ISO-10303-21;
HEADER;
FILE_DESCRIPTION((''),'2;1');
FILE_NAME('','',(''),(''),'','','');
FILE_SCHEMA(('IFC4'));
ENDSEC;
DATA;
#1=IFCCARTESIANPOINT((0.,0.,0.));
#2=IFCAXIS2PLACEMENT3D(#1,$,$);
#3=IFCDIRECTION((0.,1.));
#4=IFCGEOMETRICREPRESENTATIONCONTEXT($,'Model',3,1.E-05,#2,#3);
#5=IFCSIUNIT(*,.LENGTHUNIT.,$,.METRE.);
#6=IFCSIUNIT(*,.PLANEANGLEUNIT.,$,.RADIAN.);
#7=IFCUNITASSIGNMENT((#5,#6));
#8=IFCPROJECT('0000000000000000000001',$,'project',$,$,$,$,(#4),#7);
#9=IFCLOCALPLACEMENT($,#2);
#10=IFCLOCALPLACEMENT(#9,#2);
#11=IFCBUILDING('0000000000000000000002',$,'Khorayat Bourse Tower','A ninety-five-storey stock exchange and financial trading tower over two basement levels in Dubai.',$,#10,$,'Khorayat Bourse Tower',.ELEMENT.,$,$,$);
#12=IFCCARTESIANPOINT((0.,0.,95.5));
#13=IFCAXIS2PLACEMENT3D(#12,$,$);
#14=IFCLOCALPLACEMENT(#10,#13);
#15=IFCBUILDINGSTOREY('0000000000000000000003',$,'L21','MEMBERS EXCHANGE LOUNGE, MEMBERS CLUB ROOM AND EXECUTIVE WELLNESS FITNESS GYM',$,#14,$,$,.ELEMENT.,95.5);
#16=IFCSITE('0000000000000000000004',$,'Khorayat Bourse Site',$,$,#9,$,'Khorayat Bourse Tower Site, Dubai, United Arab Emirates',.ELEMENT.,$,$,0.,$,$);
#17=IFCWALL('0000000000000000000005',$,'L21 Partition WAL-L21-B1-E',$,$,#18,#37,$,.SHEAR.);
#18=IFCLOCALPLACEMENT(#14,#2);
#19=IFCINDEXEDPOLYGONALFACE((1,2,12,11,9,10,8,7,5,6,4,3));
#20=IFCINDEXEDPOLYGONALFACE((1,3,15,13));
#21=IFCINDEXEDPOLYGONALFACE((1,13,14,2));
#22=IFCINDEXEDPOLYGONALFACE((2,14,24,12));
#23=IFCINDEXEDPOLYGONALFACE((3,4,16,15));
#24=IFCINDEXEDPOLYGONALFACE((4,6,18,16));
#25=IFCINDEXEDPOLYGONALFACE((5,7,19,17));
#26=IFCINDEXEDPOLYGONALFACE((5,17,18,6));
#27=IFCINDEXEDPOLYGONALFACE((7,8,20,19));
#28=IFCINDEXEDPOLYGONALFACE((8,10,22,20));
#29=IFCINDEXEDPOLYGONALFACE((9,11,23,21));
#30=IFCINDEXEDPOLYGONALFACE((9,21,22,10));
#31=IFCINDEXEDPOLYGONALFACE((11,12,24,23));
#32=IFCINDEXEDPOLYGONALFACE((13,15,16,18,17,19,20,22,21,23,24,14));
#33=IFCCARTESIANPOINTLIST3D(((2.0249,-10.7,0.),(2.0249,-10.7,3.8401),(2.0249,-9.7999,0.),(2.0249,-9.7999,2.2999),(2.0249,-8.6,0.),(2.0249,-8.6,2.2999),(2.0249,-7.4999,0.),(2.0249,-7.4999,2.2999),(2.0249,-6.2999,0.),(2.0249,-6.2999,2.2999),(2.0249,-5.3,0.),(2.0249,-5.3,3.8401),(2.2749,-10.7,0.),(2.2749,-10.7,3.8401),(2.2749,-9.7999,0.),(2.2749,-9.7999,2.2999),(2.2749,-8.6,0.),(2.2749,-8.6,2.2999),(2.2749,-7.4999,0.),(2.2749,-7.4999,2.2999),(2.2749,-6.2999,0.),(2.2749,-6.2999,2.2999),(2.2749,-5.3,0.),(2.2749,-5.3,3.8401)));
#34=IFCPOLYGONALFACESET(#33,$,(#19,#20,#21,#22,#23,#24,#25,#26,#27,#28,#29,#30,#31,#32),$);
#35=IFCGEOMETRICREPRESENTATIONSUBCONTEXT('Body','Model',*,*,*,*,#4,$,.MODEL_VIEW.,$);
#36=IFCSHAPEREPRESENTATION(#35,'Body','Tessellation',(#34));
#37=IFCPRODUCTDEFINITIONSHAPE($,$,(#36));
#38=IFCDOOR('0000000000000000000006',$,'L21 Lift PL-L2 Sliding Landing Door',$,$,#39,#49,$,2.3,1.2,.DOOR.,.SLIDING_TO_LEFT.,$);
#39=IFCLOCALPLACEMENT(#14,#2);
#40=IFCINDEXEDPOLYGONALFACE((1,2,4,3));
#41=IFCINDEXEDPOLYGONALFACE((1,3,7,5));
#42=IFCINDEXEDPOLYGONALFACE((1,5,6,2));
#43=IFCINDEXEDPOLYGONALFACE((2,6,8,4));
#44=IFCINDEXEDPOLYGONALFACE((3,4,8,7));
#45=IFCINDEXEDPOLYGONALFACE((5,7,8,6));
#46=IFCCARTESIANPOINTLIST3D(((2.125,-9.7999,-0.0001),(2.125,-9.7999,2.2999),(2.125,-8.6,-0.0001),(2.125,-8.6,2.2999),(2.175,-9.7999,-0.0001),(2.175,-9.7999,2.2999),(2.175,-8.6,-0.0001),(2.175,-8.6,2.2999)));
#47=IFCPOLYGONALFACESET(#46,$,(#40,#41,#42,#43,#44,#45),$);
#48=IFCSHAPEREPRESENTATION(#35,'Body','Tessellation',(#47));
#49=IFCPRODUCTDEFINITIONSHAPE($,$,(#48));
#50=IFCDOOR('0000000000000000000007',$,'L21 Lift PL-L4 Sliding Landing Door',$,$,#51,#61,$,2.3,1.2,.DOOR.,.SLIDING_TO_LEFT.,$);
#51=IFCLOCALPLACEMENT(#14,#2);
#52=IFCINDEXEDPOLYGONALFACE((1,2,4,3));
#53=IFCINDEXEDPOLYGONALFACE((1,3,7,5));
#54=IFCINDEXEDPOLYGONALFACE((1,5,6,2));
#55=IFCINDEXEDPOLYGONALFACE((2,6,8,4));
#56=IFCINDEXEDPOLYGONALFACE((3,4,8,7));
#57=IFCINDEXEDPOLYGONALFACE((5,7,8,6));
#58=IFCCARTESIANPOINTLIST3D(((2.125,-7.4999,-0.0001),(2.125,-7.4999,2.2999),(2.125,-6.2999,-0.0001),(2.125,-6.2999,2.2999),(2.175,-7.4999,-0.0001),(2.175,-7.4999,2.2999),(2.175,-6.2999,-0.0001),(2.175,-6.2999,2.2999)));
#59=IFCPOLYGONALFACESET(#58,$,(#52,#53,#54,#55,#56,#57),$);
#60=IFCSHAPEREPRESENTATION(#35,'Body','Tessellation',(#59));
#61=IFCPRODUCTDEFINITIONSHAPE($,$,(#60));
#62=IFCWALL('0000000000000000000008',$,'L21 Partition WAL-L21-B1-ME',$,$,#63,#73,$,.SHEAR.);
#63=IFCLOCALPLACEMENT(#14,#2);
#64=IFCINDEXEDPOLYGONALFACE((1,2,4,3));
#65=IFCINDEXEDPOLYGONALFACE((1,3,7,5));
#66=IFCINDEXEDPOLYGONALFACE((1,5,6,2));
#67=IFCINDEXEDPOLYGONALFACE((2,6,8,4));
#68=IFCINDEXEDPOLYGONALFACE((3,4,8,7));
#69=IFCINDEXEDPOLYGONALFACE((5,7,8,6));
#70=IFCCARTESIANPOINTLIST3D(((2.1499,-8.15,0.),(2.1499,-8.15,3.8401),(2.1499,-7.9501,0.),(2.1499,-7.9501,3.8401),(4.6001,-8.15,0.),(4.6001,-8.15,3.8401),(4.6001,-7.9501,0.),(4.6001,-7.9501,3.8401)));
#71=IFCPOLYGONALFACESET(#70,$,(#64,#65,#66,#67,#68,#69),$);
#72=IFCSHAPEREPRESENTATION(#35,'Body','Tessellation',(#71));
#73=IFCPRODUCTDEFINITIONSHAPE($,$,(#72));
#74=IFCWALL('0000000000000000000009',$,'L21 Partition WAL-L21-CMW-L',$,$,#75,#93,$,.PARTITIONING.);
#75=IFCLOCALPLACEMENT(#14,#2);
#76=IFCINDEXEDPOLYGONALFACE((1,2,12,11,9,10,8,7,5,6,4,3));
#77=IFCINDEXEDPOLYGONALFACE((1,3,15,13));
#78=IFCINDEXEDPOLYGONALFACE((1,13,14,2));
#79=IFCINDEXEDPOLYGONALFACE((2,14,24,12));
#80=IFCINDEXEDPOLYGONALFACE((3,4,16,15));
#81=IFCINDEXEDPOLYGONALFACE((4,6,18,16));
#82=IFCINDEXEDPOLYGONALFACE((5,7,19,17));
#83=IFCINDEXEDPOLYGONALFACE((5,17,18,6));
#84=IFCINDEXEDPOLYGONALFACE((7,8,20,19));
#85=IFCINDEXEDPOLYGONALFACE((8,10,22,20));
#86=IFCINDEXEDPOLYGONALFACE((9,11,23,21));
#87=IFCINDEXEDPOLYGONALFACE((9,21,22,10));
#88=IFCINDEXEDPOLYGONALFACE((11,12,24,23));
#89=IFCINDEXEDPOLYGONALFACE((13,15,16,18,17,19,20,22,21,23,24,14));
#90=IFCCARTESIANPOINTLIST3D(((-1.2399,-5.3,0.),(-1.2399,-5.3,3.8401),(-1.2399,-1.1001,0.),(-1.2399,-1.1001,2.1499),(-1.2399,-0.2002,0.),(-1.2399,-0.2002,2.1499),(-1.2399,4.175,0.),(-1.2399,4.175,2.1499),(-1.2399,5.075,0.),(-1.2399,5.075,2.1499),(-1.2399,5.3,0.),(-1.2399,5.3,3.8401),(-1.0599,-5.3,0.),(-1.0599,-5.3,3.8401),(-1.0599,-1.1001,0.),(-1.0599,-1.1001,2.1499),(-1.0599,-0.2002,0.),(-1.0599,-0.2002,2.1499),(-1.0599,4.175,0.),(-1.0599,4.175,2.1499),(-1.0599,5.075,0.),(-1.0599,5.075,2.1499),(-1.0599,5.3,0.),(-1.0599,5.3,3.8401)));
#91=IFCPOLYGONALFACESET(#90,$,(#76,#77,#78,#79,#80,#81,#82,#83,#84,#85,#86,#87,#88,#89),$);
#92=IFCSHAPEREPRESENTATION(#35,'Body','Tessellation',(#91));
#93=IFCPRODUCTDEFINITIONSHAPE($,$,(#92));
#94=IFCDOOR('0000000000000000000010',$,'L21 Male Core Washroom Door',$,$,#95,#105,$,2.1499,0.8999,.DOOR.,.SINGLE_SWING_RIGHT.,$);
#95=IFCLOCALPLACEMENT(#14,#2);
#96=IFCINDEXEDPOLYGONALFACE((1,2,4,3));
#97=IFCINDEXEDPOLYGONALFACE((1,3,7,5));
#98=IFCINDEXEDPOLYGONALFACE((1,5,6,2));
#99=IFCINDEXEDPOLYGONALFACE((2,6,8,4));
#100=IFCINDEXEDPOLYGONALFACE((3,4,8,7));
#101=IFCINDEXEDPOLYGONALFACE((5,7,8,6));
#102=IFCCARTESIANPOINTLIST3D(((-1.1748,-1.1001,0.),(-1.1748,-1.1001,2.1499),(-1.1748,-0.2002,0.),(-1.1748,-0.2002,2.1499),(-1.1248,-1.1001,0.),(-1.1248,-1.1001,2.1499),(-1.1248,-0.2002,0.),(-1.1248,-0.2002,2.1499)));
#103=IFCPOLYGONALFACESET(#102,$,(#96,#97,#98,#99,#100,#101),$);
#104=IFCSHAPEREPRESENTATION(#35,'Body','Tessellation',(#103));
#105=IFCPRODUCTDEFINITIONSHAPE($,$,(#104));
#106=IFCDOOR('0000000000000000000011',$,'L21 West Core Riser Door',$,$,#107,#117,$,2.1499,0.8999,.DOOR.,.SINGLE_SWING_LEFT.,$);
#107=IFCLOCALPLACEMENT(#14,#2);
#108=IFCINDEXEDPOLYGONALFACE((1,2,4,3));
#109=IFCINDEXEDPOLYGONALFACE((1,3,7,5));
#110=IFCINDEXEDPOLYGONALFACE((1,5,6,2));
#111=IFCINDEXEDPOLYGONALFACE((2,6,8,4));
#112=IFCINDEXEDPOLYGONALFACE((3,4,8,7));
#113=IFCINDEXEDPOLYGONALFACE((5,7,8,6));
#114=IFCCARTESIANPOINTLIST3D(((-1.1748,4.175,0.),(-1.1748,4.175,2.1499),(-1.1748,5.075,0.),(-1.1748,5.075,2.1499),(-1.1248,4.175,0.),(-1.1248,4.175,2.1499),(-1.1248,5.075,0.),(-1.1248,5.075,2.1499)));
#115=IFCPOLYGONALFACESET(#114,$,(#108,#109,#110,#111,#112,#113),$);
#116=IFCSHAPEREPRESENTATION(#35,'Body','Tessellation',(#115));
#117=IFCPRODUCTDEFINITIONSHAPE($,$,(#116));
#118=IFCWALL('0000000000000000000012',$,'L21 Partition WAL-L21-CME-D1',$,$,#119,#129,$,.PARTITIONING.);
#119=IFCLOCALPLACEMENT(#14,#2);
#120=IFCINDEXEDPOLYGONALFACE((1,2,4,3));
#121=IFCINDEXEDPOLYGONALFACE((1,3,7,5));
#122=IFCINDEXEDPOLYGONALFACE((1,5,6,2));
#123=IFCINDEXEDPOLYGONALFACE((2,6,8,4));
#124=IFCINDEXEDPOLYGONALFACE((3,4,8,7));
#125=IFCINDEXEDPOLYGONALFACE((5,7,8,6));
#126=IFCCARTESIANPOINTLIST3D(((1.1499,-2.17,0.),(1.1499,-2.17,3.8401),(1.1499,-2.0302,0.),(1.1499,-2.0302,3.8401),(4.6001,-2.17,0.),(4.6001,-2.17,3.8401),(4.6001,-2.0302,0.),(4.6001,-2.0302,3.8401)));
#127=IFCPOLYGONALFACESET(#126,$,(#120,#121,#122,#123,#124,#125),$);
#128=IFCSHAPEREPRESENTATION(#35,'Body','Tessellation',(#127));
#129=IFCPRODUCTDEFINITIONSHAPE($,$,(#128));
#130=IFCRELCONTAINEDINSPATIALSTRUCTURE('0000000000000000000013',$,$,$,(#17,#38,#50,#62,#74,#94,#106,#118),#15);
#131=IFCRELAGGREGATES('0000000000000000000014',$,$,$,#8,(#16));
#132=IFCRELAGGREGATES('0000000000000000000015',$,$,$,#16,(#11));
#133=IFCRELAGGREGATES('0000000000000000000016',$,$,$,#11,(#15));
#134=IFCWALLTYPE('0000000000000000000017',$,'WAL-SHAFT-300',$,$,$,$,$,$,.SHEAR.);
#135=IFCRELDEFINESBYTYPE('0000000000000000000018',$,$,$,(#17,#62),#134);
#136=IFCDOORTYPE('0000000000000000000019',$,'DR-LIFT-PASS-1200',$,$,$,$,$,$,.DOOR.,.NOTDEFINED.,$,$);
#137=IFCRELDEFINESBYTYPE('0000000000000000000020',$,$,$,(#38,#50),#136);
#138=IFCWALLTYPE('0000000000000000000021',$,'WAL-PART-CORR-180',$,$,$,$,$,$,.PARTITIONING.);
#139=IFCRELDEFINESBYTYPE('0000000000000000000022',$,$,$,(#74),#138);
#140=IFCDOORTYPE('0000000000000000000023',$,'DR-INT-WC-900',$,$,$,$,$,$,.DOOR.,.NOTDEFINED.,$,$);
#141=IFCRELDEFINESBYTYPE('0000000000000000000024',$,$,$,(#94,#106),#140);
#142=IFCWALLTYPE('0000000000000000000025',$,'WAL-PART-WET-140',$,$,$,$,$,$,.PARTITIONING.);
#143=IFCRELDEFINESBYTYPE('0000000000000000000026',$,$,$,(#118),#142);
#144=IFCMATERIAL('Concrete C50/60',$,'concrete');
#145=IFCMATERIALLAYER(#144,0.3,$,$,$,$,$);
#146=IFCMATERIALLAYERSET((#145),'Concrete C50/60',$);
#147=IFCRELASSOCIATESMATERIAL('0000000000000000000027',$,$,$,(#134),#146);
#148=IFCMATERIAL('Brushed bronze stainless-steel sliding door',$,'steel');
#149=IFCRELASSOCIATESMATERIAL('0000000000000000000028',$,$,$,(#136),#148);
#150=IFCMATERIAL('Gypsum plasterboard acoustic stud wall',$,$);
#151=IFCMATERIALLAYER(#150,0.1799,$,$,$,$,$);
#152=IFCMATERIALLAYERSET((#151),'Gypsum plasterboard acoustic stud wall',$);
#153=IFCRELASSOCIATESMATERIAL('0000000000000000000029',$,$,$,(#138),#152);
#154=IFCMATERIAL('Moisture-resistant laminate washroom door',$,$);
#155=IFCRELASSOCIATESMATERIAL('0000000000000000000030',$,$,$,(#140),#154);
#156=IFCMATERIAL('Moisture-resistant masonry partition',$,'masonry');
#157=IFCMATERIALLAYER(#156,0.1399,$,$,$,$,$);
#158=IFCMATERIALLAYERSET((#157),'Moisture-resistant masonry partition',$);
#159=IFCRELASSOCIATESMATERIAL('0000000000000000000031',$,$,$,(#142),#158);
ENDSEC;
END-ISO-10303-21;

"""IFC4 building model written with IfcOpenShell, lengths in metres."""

from ifc_helpers import new_model, si_unit, direction, frame, frame_2d, origin, place, context, subcontext, project, spatial, rectangle, extrude, source, transform, mapped, material, layer, layer_set, type_object, element, fill, save


model = new_model("IFC4")

# Units and contexts
model_context = context("Model", 3, precision=1e-05, world=origin(), true_north=direction((0.0, 1.0)))
body_context = subcontext(model_context, "Body", "Model", "MODEL_VIEW")
ifc_project = project(units=[si_unit("LENGTHUNIT", "METRE"), si_unit("PLANEANGLEUNIT", "RADIAN")], contexts=[model_context])

# Site, building, storey
site_placement = place(None, origin())
site = spatial("IfcSite", under=ifc_project, at=site_placement, Name="Khorayat Bourse Site", LongName="Khorayat Bourse Tower Site, Dubai, United Arab Emirates", CompositionType="ELEMENT", RefElevation=0.0)
building_placement = place(site_placement, origin())
building = spatial("IfcBuilding", under=site, at=building_placement, Name="Khorayat Bourse Tower", Description="A ninety-five-storey stock exchange and financial trading tower over two basement levels in Dubai.", LongName="Khorayat Bourse Tower", CompositionType="ELEMENT")
storey_placement = place(building_placement, frame((0.0, 0.0, 95.5)))
storey = spatial("IfcBuildingStorey", under=building, at=storey_placement, Name="L21", Description="MEMBERS EXCHANGE LOUNGE, MEMBERS CLUB ROOM AND EXECUTIVE WELLNESS FITNESS GYM", CompositionType="ELEMENT", Elevation=95.5)

# Shared definitions
ifc_material_1 = material(Name="Concrete C50/60", Category="concrete")
ifc_layer_1 = layer(ifc_material_1, 0.3)
ifc_layer_set_1 = layer_set([ifc_layer_1], Name="Concrete C50/60")
wall_type_1 = type_object("IfcWallType", Name="WAL-SHAFT-300", PredefinedType="SHEAR", material=ifc_layer_set_1)

# Wall, openings, doors
shared_shape_1 = source(origin(), body_context, "Body", "SweptSolid", [
    extrude(rectangle(XDim=5.3999, YDim=0.25, at=frame_2d((2.7, 0.0))), origin(), (0.0, 0.0, 1.0), 3.8401),
])
shared_shape_2 = source(origin(), body_context, "Body", "SweptSolid", [
    extrude(rectangle(XDim=1.2, YDim=2.3, at=frame_2d((0.6001, 1.1499))), frame((0.0, 0.135, 0.0), z_axis=(0.0, -1.0, 0.0), x_axis=(1.0, 0.0, 0.0)), (0.0, 0.0, 1.0), 0.27),
])
ifc_material_2 = material(Name="Brushed bronze stainless-steel sliding door", Category="steel")
door_type_1 = type_object("IfcDoorType", Name="DR-LIFT-PASS-1200", OperationType="NOTDEFINED", PredefinedType="DOOR", material=ifc_material_2)
shared_shape_3 = source(origin(), body_context, "Body", "SweptSolid", [
    extrude(rectangle(XDim=1.2, YDim=2.3, at=frame_2d((0.6001, 1.1499))), frame((0.0, 0.0249, 0.0), z_axis=(0.0, -1.0, 0.0), x_axis=(1.0, 0.0, 0.0)), (0.0, 0.0, 1.0), 0.05),
])
wall_1_placement = place(storey_placement, frame((2.1499, -10.7, 0.0), z_axis=(0.0, 0.0, 1.0), x_axis=(0.0, 1.0, 0.0)))
wall_1 = element("IfcWall", 1, at=wall_1_placement, inside=storey, type_object=wall_type_1, Name="L21 Partition WAL-L21-B1-E", PredefinedType="SHEAR", context=body_context, shape_type="MappedRepresentation", body=[
    mapped(shared_shape_1, transform((0.0, 0.0, 0.0), scale=1.0)),
])
opening_1_placement = place(wall_1_placement, frame((0.8999, 0.0, 0.0)))
opening_1 = element("IfcOpeningElement", 2, at=opening_1_placement, cuts=wall_1, PredefinedType="OPENING", context=body_context, shape_type="MappedRepresentation", body=[
    mapped(shared_shape_2, transform((0.0, 0.0, 0.0), scale=1.0)),
])
opening_2_placement = place(wall_1_placement, frame((3.2, 0.0, 0.0)))
opening_2 = element("IfcOpeningElement", 3, at=opening_2_placement, cuts=wall_1, PredefinedType="OPENING", context=body_context, shape_type="MappedRepresentation", body=[
    mapped(shared_shape_2, transform((0.0, 0.0, 0.0), scale=1.0)),
])
door_1_placement = place(opening_1_placement, origin())
door_1 = element("IfcDoor", 4, at=door_1_placement, inside=storey, type_object=door_type_1, Name="L21 Lift PL-L2 Sliding Landing Door", OperationType="SLIDING_TO_LEFT", OverallHeight=2.3, OverallWidth=1.2, PredefinedType="DOOR", context=body_context, shape_type="MappedRepresentation", body=[
    mapped(shared_shape_3, transform((0.0, 0.0, 0.0), scale=1.0)),
])
fill(opening_1, door_1)
door_2_placement = place(opening_2_placement, origin())
door_2 = element("IfcDoor", 5, at=door_2_placement, inside=storey, type_object=door_type_1, Name="L21 Lift PL-L4 Sliding Landing Door", OperationType="SLIDING_TO_LEFT", OverallHeight=2.3, OverallWidth=1.2, PredefinedType="DOOR", context=body_context, shape_type="MappedRepresentation", body=[
    mapped(shared_shape_3, transform((0.0, 0.0, 0.0), scale=1.0)),
])
fill(opening_2, door_2)

# Wall
shared_shape_4 = source(origin(), body_context, "Body", "SweptSolid", [
    extrude(rectangle(XDim=2.4502, YDim=0.2, at=frame_2d((1.2251, 0.0))), origin(), (0.0, 0.0, 1.0), 3.8401),
])
wall_2_placement = place(storey_placement, frame((2.1499, -8.05, 0.0), z_axis=(0.0, 0.0, 1.0), x_axis=(1.0, 0.0, 0.0)))
element("IfcWall", 6, at=wall_2_placement, inside=storey, type_object=wall_type_1, Name="L21 Partition WAL-L21-B1-ME", PredefinedType="SHEAR", context=body_context, shape_type="MappedRepresentation", body=[
    mapped(shared_shape_4, transform((0.0, 0.0, 0.0), scale=1.0)),
])

# Wall, openings, doors
ifc_material_3 = material(Name="Gypsum plasterboard acoustic stud wall")
ifc_layer_2 = layer(ifc_material_3, 0.1799)
ifc_layer_set_2 = layer_set([ifc_layer_2], Name="Gypsum plasterboard acoustic stud wall")
wall_type_2 = type_object("IfcWallType", Name="WAL-PART-CORR-180", PredefinedType="PARTITIONING", material=ifc_layer_set_2)
shared_shape_5 = source(origin(), body_context, "Body", "SweptSolid", [
    extrude(rectangle(XDim=10.6001, YDim=0.1799, at=frame_2d((5.3, 0.0))), origin(), (0.0, 0.0, 1.0), 3.8401),
])
wall_3_placement = place(storey_placement, frame((-1.1499, -5.3, 0.0), z_axis=(0.0, 0.0, 1.0), x_axis=(0.0, 1.0, 0.0)))
wall_3 = element("IfcWall", 7, at=wall_3_placement, inside=storey, type_object=wall_type_2, Name="L21 Partition WAL-L21-CMW-L", PredefinedType="PARTITIONING", context=body_context, shape_type="MappedRepresentation", body=[
    mapped(shared_shape_5, transform((0.0, 0.0, 0.0), scale=1.0)),
])
shared_shape_6 = source(origin(), body_context, "Body", "SweptSolid", [
    extrude(rectangle(XDim=0.8999, YDim=2.1499, at=frame_2d((0.45, 1.075))), frame((0.0, 0.0999, 0.0), z_axis=(0.0, -1.0, 0.0), x_axis=(1.0, 0.0, 0.0)), (0.0, 0.0, 1.0), 0.2),
])
opening_3_placement = place(wall_3_placement, frame((4.2, 0.0, 0.0)))
opening_3 = element("IfcOpeningElement", 8, at=opening_3_placement, cuts=wall_3, PredefinedType="OPENING", context=body_context, shape_type="MappedRepresentation", body=[
    mapped(shared_shape_6, transform((0.0, 0.0, 0.0), scale=1.0)),
])
opening_4_placement = place(wall_3_placement, frame((9.4751, 0.0, 0.0)))
opening_4 = element("IfcOpeningElement", 9, at=opening_4_placement, cuts=wall_3, PredefinedType="OPENING", context=body_context, shape_type="MappedRepresentation", body=[
    mapped(shared_shape_6, transform((0.0, 0.0, 0.0), scale=1.0)),
])
ifc_material_4 = material(Name="Moisture-resistant laminate washroom door")
door_type_2 = type_object("IfcDoorType", Name="DR-INT-WC-900", OperationType="NOTDEFINED", PredefinedType="DOOR", material=ifc_material_4)
shared_shape_7 = source(origin(), body_context, "Body", "SweptSolid", [
    extrude(rectangle(XDim=0.8999, YDim=2.1499, at=frame_2d((0.45, 1.075))), frame((0.0, 0.0249, 0.0), z_axis=(0.0, -1.0, 0.0), x_axis=(1.0, 0.0, 0.0)), (0.0, 0.0, 1.0), 0.05),
])
door_3_placement = place(opening_3_placement, origin())
door_3 = element("IfcDoor", 10, at=door_3_placement, inside=storey, type_object=door_type_2, Name="L21 Male Core Washroom Door", OperationType="SINGLE_SWING_RIGHT", OverallHeight=2.1499, OverallWidth=0.8999, PredefinedType="DOOR", context=body_context, shape_type="MappedRepresentation", body=[
    mapped(shared_shape_7, transform((0.0, 0.0, 0.0), scale=1.0)),
])
fill(opening_3, door_3)
door_4_placement = place(opening_4_placement, origin())
door_4 = element("IfcDoor", 11, at=door_4_placement, inside=storey, type_object=door_type_2, Name="L21 West Core Riser Door", OperationType="SINGLE_SWING_LEFT", OverallHeight=2.1499, OverallWidth=0.8999, PredefinedType="DOOR", context=body_context, shape_type="MappedRepresentation", body=[
    mapped(shared_shape_7, transform((0.0, 0.0, 0.0), scale=1.0)),
])
fill(opening_4, door_4)

# Wall
ifc_material_5 = material(Name="Moisture-resistant masonry partition", Category="masonry")
ifc_layer_3 = layer(ifc_material_5, 0.1399)
ifc_layer_set_3 = layer_set([ifc_layer_3], Name="Moisture-resistant masonry partition")
wall_type_3 = type_object("IfcWallType", Name="WAL-PART-WET-140", PredefinedType="PARTITIONING", material=ifc_layer_set_3)
shared_shape_8 = source(origin(), body_context, "Body", "SweptSolid", [
    extrude(rectangle(XDim=3.4502, YDim=0.1399, at=frame_2d((1.7251, 0.0))), origin(), (0.0, 0.0, 1.0), 3.8401),
])
wall_4_placement = place(storey_placement, frame((1.1499, -2.1001, 0.0), z_axis=(0.0, 0.0, 1.0), x_axis=(1.0, 0.0, 0.0)))
element("IfcWall", 12, at=wall_4_placement, inside=storey, type_object=wall_type_3, Name="L21 Partition WAL-L21-CME-D1", PredefinedType="PARTITIONING", context=body_context, shape_type="MappedRepresentation", body=[
    mapped(shared_shape_8, transform((0.0, 0.0, 0.0), scale=1.0)),
])

save(model, "model.ifc")
